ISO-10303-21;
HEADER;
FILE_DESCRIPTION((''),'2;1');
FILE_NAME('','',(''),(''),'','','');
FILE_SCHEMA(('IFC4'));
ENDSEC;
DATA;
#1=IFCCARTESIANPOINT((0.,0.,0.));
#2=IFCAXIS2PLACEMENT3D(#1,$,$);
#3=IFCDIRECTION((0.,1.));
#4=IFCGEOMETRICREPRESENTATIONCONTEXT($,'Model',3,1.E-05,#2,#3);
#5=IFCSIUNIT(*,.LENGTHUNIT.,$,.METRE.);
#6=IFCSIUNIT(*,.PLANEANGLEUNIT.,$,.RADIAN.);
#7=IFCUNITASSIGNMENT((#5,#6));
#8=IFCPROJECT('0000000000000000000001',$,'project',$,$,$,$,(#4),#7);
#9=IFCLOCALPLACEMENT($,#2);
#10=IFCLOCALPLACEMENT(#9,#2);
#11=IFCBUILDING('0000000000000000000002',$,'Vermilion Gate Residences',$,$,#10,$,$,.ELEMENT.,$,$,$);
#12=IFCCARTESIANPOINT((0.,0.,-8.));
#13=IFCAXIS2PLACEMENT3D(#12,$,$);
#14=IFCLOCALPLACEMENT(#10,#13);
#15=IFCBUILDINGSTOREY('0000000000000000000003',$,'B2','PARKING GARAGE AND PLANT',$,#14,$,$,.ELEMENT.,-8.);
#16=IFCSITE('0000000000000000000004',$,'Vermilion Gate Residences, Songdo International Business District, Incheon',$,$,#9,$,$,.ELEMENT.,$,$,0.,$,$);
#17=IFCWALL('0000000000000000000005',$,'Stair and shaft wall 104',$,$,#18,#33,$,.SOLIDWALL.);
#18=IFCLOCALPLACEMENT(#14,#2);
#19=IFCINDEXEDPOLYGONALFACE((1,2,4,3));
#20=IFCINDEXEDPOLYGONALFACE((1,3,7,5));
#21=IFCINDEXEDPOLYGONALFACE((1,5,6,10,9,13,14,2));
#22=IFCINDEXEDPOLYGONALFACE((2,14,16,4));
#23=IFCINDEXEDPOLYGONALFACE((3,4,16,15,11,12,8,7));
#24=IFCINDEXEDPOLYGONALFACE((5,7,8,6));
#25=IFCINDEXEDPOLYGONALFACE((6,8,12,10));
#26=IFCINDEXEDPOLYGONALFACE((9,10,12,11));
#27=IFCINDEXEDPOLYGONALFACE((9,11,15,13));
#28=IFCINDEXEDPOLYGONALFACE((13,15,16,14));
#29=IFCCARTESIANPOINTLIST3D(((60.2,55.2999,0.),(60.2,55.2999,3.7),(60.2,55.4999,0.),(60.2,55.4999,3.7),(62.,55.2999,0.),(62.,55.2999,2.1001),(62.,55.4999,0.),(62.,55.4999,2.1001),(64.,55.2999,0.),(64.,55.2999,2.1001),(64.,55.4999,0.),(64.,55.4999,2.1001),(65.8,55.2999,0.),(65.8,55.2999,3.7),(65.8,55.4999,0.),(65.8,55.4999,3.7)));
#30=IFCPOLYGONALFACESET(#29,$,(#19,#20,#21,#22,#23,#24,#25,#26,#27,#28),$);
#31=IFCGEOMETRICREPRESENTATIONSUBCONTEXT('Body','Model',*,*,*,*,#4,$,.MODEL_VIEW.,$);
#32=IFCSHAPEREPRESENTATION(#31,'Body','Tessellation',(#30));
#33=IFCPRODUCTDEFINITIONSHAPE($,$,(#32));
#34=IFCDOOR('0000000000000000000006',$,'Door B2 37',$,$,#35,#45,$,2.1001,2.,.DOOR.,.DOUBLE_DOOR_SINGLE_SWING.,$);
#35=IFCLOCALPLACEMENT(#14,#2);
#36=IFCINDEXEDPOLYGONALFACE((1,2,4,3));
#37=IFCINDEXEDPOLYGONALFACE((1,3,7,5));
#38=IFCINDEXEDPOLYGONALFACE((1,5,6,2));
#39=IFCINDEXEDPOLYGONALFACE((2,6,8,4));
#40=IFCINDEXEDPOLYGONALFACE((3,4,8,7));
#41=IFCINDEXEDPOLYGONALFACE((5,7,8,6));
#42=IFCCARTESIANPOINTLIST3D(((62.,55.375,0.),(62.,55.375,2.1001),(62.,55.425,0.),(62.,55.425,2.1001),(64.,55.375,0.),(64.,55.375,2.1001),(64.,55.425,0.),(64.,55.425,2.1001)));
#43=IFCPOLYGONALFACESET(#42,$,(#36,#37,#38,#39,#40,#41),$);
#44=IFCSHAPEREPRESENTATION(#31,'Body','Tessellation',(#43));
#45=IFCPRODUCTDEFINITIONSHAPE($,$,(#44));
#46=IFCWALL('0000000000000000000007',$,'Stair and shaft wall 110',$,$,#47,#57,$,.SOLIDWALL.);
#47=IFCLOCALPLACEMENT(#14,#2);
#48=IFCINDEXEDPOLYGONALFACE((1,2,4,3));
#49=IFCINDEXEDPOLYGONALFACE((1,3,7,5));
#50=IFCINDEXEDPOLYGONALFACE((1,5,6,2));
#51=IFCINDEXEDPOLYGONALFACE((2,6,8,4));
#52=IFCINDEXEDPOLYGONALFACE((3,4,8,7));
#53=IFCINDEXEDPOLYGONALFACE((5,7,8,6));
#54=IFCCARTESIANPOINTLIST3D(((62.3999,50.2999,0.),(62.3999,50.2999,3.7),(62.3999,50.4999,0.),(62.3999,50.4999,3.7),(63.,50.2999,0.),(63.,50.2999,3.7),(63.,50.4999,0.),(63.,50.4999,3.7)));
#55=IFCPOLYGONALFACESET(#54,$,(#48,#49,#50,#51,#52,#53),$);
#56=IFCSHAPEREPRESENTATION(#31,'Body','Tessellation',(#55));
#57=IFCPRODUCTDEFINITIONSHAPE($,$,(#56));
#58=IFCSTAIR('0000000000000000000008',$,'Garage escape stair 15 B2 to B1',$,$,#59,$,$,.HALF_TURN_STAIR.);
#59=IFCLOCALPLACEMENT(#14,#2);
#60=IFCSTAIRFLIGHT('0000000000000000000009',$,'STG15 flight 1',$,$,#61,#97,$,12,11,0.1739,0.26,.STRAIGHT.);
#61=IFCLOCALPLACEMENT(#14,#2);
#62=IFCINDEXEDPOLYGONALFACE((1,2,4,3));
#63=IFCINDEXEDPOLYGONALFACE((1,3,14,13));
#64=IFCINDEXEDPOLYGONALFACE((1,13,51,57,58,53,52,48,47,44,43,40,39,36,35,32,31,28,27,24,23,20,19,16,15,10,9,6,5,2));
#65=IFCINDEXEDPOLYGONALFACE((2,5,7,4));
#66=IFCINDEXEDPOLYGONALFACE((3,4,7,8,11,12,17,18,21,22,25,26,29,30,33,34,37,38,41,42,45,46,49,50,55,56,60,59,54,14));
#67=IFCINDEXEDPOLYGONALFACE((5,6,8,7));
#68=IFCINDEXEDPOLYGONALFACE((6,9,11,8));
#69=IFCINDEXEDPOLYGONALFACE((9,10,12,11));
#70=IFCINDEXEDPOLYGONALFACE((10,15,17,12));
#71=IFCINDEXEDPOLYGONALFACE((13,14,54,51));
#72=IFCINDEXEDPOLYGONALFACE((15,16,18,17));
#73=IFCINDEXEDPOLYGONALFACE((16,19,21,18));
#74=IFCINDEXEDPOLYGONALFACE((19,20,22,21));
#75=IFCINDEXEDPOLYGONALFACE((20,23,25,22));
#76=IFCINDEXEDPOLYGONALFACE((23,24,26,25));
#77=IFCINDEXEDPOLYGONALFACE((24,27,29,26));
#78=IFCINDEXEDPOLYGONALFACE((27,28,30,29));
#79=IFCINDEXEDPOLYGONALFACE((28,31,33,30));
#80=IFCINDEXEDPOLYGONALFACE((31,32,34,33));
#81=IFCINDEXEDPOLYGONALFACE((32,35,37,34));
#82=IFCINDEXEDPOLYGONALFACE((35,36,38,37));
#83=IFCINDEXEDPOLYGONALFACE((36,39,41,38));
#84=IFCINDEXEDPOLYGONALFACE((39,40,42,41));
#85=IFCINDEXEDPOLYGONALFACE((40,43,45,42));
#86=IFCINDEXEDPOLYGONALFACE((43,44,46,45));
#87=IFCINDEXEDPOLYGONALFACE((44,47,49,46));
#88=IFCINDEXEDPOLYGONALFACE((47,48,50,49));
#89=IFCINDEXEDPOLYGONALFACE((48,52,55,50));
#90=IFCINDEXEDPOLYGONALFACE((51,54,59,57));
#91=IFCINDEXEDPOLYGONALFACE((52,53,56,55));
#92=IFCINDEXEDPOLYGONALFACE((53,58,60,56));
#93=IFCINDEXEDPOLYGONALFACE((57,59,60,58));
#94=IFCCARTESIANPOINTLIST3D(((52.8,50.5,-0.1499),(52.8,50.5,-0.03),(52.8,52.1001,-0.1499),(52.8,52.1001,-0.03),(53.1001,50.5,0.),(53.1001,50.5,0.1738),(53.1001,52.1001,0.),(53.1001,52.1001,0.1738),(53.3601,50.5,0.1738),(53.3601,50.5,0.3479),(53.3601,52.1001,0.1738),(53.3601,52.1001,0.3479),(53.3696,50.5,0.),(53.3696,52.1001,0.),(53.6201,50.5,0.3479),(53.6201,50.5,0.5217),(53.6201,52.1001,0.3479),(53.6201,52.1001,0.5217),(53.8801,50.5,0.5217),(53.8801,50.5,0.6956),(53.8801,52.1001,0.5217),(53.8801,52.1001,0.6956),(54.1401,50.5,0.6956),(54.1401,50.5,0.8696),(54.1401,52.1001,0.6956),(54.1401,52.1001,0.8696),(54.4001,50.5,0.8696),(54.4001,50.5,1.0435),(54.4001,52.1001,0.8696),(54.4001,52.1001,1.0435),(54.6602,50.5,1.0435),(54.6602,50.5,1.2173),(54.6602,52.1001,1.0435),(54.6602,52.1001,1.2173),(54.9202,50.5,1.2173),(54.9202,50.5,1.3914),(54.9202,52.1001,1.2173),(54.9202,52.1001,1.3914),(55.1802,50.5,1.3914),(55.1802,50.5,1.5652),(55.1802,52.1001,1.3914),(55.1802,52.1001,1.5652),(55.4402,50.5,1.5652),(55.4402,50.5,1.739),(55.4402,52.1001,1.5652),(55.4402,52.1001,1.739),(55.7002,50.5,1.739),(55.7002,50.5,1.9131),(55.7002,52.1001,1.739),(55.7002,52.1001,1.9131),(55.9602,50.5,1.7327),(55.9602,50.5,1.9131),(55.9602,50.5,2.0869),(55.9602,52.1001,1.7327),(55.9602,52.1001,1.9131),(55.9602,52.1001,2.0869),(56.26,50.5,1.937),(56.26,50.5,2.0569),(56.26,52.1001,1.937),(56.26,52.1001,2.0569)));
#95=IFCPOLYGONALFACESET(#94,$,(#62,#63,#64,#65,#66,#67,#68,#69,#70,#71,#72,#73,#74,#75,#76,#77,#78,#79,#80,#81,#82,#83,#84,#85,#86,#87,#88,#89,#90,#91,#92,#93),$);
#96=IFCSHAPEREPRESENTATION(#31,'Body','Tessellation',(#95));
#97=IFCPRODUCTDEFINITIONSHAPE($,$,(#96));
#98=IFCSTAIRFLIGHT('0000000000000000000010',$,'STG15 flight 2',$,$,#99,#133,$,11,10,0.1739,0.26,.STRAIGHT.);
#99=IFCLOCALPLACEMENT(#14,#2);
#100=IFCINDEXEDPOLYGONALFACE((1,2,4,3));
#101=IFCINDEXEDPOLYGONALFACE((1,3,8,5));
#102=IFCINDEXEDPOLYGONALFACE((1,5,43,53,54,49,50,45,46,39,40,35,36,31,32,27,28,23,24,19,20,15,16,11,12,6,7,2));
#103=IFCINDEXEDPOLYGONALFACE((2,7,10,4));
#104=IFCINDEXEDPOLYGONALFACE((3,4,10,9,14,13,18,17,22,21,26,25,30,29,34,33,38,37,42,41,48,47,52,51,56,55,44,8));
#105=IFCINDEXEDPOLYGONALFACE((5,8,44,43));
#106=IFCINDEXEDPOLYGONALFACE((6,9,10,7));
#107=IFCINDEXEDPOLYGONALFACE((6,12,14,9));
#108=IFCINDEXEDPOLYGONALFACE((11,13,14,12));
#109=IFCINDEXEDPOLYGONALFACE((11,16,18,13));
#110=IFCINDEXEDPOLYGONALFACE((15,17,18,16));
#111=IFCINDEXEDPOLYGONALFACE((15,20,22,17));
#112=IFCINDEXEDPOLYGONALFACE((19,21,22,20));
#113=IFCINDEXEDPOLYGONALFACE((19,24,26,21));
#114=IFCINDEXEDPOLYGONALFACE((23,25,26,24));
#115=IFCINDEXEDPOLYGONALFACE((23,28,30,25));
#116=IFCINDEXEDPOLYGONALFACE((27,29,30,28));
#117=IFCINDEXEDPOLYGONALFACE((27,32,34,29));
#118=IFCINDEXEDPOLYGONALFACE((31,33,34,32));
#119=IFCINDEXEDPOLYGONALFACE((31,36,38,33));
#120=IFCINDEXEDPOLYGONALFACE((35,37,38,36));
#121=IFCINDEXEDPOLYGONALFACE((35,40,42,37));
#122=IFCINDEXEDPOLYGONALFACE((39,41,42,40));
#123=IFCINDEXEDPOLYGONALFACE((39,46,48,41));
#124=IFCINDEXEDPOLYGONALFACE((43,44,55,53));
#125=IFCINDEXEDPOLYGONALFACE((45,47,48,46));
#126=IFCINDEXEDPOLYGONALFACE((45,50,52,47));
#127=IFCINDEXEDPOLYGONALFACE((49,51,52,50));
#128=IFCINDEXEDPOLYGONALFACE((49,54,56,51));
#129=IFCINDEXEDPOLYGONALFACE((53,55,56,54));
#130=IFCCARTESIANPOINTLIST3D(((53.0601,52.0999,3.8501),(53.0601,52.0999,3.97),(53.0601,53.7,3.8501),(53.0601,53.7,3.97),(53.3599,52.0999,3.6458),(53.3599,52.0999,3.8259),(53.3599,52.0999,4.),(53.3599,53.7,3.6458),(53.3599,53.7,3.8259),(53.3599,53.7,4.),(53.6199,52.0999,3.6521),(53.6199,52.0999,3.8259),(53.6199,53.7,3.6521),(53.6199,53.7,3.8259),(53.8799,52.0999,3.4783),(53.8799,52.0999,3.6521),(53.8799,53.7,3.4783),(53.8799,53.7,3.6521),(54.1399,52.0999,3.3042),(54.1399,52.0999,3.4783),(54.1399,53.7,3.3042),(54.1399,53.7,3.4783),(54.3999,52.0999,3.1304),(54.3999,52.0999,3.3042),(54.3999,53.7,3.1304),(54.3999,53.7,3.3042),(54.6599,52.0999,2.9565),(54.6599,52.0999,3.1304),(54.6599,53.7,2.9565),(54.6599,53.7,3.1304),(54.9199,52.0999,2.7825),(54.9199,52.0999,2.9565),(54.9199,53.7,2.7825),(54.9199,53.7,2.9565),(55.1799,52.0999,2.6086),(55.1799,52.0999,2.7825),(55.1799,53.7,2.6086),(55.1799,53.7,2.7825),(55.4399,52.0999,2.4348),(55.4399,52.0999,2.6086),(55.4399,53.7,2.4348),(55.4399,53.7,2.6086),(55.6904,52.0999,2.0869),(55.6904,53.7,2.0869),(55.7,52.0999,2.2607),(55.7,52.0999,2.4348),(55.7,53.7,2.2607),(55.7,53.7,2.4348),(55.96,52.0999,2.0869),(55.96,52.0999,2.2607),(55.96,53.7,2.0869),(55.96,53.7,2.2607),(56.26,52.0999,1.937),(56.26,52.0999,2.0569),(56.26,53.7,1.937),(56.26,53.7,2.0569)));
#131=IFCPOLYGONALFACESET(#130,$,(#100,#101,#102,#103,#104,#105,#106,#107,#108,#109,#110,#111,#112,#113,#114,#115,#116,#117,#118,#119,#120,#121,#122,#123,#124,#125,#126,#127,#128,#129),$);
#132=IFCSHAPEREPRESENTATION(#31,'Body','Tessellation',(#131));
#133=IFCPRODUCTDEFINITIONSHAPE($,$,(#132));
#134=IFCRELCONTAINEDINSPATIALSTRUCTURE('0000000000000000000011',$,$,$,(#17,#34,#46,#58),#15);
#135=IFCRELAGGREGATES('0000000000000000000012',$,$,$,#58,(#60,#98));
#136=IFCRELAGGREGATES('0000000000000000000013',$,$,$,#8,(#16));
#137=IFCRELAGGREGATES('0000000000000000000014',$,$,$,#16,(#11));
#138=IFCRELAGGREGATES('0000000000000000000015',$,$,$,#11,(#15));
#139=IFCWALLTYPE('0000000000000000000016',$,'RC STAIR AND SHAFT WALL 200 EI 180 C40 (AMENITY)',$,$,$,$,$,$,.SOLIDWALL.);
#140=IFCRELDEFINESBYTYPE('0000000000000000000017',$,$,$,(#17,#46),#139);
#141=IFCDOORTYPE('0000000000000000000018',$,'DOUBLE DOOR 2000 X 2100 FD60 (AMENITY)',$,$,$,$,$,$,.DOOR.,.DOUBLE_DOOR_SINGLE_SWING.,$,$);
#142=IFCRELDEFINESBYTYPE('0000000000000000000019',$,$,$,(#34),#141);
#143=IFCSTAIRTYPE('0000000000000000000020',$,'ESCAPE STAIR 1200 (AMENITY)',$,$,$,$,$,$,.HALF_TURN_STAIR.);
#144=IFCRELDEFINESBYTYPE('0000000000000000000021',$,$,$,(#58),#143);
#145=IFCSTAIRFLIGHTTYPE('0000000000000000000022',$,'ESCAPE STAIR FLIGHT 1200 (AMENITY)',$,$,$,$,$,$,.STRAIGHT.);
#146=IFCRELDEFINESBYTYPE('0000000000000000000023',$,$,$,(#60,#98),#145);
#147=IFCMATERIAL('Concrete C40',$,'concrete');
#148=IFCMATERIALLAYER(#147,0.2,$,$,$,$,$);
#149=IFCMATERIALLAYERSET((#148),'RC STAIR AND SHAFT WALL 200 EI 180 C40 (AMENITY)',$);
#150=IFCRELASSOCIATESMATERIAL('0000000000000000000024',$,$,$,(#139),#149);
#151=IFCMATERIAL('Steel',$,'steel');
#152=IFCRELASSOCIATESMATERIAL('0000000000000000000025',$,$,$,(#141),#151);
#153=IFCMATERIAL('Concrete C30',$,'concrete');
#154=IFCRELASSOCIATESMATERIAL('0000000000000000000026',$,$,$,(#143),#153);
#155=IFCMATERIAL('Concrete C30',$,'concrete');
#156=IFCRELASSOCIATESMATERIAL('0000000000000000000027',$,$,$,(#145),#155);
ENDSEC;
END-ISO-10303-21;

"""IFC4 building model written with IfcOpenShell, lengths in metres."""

from ifc_helpers import new_model, si_unit, direction, frame, frame_2d, origin, place, context, subcontext, project, spatial, polyline, rectangle, outline, extrude, material, layer, layer_set, type_object, element, fill, aggregate, save


model = new_model("IFC4")

# Units and contexts
model_context = context("Model", 3, precision=1e-05, world=origin(), true_north=direction((0.0, 1.0)))
body_context = subcontext(model_context, "Body", "Model", "MODEL_VIEW")
ifc_project = project(units=[si_unit("LENGTHUNIT", "METRE"), si_unit("PLANEANGLEUNIT", "RADIAN")], contexts=[model_context])

# Site, building, storey
site_placement = place(None, origin())
site = spatial("IfcSite", under=ifc_project, at=site_placement, Name="Vermilion Gate Residences, Songdo International Business District, Incheon", CompositionType="ELEMENT", RefElevation=0.0)
building_placement = place(site_placement, origin())
building = spatial("IfcBuilding", under=site, at=building_placement, Name="Vermilion Gate Residences", CompositionType="ELEMENT")
storey_placement = place(building_placement, frame((0.0, 0.0, -8.0)))
storey = spatial("IfcBuildingStorey", under=building, at=storey_placement, Name="B2", Description="PARKING GARAGE AND PLANT", CompositionType="ELEMENT", Elevation=-8.0)

# Shared definitions
ifc_material_1 = material(Name="Concrete C40", Category="concrete")
ifc_layer_1 = layer(ifc_material_1, 0.2)
ifc_layer_set_1 = layer_set([ifc_layer_1], Name="RC STAIR AND SHAFT WALL 200 EI 180 C40 (AMENITY)")
wall_type_1 = type_object("IfcWallType", Name="RC STAIR AND SHAFT WALL 200 EI 180 C40 (AMENITY)", PredefinedType="SOLIDWALL", material=ifc_layer_set_1)

# Wall, opening, door
wall_1_placement = place(storey_placement, frame((60.2, 55.3999, 0.0), z_axis=(0.0, 0.0, 1.0), x_axis=(1.0, 0.0, 0.0)))
wall_1 = element("IfcWall", 1, at=wall_1_placement, inside=storey, type_object=wall_type_1, Name="Stair and shaft wall 104", PredefinedType="SOLIDWALL", context=body_context, shape_type="SweptSolid", body=[
    extrude(rectangle(XDim=5.6001, YDim=0.2, at=frame_2d((2.8, 0.0))), origin(), (0.0, 0.0, 1.0), 3.7),
])
opening_1_placement = place(wall_1_placement, frame((1.8, 0.0, 0.0)))
opening_1 = element("IfcOpeningElement", 2, at=opening_1_placement, cuts=wall_1, PredefinedType="OPENING", context=body_context, shape_type="SweptSolid", body=[
    extrude(rectangle(XDim=2.0, YDim=2.1001, at=frame_2d((1.0, 1.05))), frame((0.0, 0.1099, 0.0), z_axis=(0.0, -1.0, 0.0), x_axis=(1.0, 0.0, 0.0)), (0.0, 0.0, 1.0), 0.22),
])
ifc_material_2 = material(Name="Steel", Category="steel")
door_type_1 = type_object("IfcDoorType", Name="DOUBLE DOOR 2000 X 2100 FD60 (AMENITY)", OperationType="DOUBLE_DOOR_SINGLE_SWING", PredefinedType="DOOR", material=ifc_material_2)
door_1_placement = place(opening_1_placement, frame((2.0, 0.0, 0.0), z_axis=(0.0, 0.0, 1.0), x_axis=(-1.0, 0.0, 0.0)))
door_1 = element("IfcDoor", 3, at=door_1_placement, inside=storey, type_object=door_type_1, Name="Door B2 37", OperationType="DOUBLE_DOOR_SINGLE_SWING", OverallHeight=2.1001, OverallWidth=2.0, PredefinedType="DOOR", context=body_context, shape_type="SweptSolid", body=[
    extrude(rectangle(XDim=2.0, YDim=2.1001, at=frame_2d((1.0, 1.05))), frame((0.0, 0.0249, 0.0), z_axis=(0.0, -1.0, 0.0), x_axis=(1.0, 0.0, 0.0)), (0.0, 0.0, 1.0), 0.05),
])
fill(opening_1, door_1)

# Wall
wall_2_placement = place(storey_placement, frame((62.3999, 50.3999, 0.0), z_axis=(0.0, 0.0, 1.0), x_axis=(1.0, 0.0, 0.0)))
element("IfcWall", 4, at=wall_2_placement, inside=storey, type_object=wall_type_1, Name="Stair and shaft wall 110", PredefinedType="SOLIDWALL", context=body_context, shape_type="SweptSolid", body=[
    extrude(rectangle(XDim=0.6001, YDim=0.2, at=frame_2d((0.3, 0.0))), origin(), (0.0, 0.0, 1.0), 3.7),
])

# Stair, stair flights
ifc_material_3 = material(Name="Concrete C30", Category="concrete")
stair_type = type_object("IfcStairType", Name="ESCAPE STAIR 1200 (AMENITY)", PredefinedType="HALF_TURN_STAIR", material=ifc_material_3)
stair_placement = place(storey_placement, origin())
stair = element("IfcStair", 5, at=stair_placement, inside=storey, type_object=stair_type, Name="Garage escape stair 15 B2 to B1", PredefinedType="HALF_TURN_STAIR")
ifc_material_4 = material(Name="Concrete C30", Category="concrete")
stair_flight_type = type_object("IfcStairFlightType", Name="ESCAPE STAIR FLIGHT 1200 (AMENITY)", PredefinedType="STRAIGHT", material=ifc_material_4)
stair_flight_1_placement = place(storey_placement, frame((53.1001, 51.3, 0.0), z_axis=(0.0, 0.0, 1.0), x_axis=(1.0, 0.0, 0.0)))
stair_flight_1 = element("IfcStairFlight", 6, at=stair_flight_1_placement, type_object=stair_flight_type, Name="STG15 flight 1", NumberOfRisers=12, NumberOfTreads=11, PredefinedType="STRAIGHT", RiserHeight=0.1739, TreadLength=0.26, context=body_context, shape_type="SweptSolid", body=[
    extrude(outline(polyline([(-0.3, -0.1499), (-0.3, -0.03), (0.0, 0.0), (0.0, 0.1738), (0.26, 0.1738), (0.26, 0.3479), (0.52, 0.3479), (0.52, 0.5217), (0.78, 0.5217), (0.78, 0.6956), (1.04, 0.6956), (1.04, 0.8696), (1.3, 0.8696), (1.3, 1.0435), (1.5601, 1.0435), (1.5601, 1.2173), (1.8201, 1.2173), (1.8201, 1.3914), (2.0801, 1.3914), (2.0801, 1.5652), (2.3401, 1.5652), (2.3401, 1.739), (2.6001, 1.739), (2.6001, 1.9131), (2.8601, 1.9131), (2.8601, 2.0869), (3.1599, 2.0569), (3.1599, 1.937), (2.8601, 1.7327), (0.2695, 0.0), (-0.3, -0.1499)])), frame((0.0, 0.8, 0.0), z_axis=(0.0, -1.0, 0.0), x_axis=(1.0, 0.0, 0.0)), (0.0, 0.0, 1.0), 1.6001),
])
stair_flight_2_placement = place(storey_placement, frame((55.96, 52.8999, 2.0869), z_axis=(0.0, 0.0, 1.0), x_axis=(-1.0, 0.0, 0.0)))
stair_flight_2 = element("IfcStairFlight", 7, at=stair_flight_2_placement, type_object=stair_flight_type, Name="STG15 flight 2", NumberOfRisers=11, NumberOfTreads=10, PredefinedType="STRAIGHT", RiserHeight=0.1739, TreadLength=0.26, context=body_context, shape_type="SweptSolid", body=[
    extrude(outline(polyline([(-0.3, -0.1499), (-0.3, -0.03), (0.0, 0.0), (0.0, 0.1738), (0.26, 0.1738), (0.26, 0.3479), (0.52, 0.3479), (0.52, 0.5217), (0.78, 0.5217), (0.78, 0.6956), (1.04, 0.6956), (1.04, 0.8696), (1.3, 0.8696), (1.3, 1.0435), (1.5601, 1.0435), (1.5601, 1.2173), (1.8201, 1.2173), (1.8201, 1.3914), (2.0801, 1.3914), (2.0801, 1.5652), (2.3401, 1.5652), (2.3401, 1.739), (2.6001, 1.739), (2.6001, 1.9131), (2.8999, 1.8831), (2.8999, 1.7632), (2.6001, 1.5588), (0.2695, 0.0), (-0.3, -0.1499)])), frame((0.0, 0.8, 0.0), z_axis=(0.0, -1.0, 0.0), x_axis=(1.0, 0.0, 0.0)), (0.0, 0.0, 1.0), 1.6001),
])
aggregate(stair, [stair_flight_1, stair_flight_2])

save(model, "model.ifc")
